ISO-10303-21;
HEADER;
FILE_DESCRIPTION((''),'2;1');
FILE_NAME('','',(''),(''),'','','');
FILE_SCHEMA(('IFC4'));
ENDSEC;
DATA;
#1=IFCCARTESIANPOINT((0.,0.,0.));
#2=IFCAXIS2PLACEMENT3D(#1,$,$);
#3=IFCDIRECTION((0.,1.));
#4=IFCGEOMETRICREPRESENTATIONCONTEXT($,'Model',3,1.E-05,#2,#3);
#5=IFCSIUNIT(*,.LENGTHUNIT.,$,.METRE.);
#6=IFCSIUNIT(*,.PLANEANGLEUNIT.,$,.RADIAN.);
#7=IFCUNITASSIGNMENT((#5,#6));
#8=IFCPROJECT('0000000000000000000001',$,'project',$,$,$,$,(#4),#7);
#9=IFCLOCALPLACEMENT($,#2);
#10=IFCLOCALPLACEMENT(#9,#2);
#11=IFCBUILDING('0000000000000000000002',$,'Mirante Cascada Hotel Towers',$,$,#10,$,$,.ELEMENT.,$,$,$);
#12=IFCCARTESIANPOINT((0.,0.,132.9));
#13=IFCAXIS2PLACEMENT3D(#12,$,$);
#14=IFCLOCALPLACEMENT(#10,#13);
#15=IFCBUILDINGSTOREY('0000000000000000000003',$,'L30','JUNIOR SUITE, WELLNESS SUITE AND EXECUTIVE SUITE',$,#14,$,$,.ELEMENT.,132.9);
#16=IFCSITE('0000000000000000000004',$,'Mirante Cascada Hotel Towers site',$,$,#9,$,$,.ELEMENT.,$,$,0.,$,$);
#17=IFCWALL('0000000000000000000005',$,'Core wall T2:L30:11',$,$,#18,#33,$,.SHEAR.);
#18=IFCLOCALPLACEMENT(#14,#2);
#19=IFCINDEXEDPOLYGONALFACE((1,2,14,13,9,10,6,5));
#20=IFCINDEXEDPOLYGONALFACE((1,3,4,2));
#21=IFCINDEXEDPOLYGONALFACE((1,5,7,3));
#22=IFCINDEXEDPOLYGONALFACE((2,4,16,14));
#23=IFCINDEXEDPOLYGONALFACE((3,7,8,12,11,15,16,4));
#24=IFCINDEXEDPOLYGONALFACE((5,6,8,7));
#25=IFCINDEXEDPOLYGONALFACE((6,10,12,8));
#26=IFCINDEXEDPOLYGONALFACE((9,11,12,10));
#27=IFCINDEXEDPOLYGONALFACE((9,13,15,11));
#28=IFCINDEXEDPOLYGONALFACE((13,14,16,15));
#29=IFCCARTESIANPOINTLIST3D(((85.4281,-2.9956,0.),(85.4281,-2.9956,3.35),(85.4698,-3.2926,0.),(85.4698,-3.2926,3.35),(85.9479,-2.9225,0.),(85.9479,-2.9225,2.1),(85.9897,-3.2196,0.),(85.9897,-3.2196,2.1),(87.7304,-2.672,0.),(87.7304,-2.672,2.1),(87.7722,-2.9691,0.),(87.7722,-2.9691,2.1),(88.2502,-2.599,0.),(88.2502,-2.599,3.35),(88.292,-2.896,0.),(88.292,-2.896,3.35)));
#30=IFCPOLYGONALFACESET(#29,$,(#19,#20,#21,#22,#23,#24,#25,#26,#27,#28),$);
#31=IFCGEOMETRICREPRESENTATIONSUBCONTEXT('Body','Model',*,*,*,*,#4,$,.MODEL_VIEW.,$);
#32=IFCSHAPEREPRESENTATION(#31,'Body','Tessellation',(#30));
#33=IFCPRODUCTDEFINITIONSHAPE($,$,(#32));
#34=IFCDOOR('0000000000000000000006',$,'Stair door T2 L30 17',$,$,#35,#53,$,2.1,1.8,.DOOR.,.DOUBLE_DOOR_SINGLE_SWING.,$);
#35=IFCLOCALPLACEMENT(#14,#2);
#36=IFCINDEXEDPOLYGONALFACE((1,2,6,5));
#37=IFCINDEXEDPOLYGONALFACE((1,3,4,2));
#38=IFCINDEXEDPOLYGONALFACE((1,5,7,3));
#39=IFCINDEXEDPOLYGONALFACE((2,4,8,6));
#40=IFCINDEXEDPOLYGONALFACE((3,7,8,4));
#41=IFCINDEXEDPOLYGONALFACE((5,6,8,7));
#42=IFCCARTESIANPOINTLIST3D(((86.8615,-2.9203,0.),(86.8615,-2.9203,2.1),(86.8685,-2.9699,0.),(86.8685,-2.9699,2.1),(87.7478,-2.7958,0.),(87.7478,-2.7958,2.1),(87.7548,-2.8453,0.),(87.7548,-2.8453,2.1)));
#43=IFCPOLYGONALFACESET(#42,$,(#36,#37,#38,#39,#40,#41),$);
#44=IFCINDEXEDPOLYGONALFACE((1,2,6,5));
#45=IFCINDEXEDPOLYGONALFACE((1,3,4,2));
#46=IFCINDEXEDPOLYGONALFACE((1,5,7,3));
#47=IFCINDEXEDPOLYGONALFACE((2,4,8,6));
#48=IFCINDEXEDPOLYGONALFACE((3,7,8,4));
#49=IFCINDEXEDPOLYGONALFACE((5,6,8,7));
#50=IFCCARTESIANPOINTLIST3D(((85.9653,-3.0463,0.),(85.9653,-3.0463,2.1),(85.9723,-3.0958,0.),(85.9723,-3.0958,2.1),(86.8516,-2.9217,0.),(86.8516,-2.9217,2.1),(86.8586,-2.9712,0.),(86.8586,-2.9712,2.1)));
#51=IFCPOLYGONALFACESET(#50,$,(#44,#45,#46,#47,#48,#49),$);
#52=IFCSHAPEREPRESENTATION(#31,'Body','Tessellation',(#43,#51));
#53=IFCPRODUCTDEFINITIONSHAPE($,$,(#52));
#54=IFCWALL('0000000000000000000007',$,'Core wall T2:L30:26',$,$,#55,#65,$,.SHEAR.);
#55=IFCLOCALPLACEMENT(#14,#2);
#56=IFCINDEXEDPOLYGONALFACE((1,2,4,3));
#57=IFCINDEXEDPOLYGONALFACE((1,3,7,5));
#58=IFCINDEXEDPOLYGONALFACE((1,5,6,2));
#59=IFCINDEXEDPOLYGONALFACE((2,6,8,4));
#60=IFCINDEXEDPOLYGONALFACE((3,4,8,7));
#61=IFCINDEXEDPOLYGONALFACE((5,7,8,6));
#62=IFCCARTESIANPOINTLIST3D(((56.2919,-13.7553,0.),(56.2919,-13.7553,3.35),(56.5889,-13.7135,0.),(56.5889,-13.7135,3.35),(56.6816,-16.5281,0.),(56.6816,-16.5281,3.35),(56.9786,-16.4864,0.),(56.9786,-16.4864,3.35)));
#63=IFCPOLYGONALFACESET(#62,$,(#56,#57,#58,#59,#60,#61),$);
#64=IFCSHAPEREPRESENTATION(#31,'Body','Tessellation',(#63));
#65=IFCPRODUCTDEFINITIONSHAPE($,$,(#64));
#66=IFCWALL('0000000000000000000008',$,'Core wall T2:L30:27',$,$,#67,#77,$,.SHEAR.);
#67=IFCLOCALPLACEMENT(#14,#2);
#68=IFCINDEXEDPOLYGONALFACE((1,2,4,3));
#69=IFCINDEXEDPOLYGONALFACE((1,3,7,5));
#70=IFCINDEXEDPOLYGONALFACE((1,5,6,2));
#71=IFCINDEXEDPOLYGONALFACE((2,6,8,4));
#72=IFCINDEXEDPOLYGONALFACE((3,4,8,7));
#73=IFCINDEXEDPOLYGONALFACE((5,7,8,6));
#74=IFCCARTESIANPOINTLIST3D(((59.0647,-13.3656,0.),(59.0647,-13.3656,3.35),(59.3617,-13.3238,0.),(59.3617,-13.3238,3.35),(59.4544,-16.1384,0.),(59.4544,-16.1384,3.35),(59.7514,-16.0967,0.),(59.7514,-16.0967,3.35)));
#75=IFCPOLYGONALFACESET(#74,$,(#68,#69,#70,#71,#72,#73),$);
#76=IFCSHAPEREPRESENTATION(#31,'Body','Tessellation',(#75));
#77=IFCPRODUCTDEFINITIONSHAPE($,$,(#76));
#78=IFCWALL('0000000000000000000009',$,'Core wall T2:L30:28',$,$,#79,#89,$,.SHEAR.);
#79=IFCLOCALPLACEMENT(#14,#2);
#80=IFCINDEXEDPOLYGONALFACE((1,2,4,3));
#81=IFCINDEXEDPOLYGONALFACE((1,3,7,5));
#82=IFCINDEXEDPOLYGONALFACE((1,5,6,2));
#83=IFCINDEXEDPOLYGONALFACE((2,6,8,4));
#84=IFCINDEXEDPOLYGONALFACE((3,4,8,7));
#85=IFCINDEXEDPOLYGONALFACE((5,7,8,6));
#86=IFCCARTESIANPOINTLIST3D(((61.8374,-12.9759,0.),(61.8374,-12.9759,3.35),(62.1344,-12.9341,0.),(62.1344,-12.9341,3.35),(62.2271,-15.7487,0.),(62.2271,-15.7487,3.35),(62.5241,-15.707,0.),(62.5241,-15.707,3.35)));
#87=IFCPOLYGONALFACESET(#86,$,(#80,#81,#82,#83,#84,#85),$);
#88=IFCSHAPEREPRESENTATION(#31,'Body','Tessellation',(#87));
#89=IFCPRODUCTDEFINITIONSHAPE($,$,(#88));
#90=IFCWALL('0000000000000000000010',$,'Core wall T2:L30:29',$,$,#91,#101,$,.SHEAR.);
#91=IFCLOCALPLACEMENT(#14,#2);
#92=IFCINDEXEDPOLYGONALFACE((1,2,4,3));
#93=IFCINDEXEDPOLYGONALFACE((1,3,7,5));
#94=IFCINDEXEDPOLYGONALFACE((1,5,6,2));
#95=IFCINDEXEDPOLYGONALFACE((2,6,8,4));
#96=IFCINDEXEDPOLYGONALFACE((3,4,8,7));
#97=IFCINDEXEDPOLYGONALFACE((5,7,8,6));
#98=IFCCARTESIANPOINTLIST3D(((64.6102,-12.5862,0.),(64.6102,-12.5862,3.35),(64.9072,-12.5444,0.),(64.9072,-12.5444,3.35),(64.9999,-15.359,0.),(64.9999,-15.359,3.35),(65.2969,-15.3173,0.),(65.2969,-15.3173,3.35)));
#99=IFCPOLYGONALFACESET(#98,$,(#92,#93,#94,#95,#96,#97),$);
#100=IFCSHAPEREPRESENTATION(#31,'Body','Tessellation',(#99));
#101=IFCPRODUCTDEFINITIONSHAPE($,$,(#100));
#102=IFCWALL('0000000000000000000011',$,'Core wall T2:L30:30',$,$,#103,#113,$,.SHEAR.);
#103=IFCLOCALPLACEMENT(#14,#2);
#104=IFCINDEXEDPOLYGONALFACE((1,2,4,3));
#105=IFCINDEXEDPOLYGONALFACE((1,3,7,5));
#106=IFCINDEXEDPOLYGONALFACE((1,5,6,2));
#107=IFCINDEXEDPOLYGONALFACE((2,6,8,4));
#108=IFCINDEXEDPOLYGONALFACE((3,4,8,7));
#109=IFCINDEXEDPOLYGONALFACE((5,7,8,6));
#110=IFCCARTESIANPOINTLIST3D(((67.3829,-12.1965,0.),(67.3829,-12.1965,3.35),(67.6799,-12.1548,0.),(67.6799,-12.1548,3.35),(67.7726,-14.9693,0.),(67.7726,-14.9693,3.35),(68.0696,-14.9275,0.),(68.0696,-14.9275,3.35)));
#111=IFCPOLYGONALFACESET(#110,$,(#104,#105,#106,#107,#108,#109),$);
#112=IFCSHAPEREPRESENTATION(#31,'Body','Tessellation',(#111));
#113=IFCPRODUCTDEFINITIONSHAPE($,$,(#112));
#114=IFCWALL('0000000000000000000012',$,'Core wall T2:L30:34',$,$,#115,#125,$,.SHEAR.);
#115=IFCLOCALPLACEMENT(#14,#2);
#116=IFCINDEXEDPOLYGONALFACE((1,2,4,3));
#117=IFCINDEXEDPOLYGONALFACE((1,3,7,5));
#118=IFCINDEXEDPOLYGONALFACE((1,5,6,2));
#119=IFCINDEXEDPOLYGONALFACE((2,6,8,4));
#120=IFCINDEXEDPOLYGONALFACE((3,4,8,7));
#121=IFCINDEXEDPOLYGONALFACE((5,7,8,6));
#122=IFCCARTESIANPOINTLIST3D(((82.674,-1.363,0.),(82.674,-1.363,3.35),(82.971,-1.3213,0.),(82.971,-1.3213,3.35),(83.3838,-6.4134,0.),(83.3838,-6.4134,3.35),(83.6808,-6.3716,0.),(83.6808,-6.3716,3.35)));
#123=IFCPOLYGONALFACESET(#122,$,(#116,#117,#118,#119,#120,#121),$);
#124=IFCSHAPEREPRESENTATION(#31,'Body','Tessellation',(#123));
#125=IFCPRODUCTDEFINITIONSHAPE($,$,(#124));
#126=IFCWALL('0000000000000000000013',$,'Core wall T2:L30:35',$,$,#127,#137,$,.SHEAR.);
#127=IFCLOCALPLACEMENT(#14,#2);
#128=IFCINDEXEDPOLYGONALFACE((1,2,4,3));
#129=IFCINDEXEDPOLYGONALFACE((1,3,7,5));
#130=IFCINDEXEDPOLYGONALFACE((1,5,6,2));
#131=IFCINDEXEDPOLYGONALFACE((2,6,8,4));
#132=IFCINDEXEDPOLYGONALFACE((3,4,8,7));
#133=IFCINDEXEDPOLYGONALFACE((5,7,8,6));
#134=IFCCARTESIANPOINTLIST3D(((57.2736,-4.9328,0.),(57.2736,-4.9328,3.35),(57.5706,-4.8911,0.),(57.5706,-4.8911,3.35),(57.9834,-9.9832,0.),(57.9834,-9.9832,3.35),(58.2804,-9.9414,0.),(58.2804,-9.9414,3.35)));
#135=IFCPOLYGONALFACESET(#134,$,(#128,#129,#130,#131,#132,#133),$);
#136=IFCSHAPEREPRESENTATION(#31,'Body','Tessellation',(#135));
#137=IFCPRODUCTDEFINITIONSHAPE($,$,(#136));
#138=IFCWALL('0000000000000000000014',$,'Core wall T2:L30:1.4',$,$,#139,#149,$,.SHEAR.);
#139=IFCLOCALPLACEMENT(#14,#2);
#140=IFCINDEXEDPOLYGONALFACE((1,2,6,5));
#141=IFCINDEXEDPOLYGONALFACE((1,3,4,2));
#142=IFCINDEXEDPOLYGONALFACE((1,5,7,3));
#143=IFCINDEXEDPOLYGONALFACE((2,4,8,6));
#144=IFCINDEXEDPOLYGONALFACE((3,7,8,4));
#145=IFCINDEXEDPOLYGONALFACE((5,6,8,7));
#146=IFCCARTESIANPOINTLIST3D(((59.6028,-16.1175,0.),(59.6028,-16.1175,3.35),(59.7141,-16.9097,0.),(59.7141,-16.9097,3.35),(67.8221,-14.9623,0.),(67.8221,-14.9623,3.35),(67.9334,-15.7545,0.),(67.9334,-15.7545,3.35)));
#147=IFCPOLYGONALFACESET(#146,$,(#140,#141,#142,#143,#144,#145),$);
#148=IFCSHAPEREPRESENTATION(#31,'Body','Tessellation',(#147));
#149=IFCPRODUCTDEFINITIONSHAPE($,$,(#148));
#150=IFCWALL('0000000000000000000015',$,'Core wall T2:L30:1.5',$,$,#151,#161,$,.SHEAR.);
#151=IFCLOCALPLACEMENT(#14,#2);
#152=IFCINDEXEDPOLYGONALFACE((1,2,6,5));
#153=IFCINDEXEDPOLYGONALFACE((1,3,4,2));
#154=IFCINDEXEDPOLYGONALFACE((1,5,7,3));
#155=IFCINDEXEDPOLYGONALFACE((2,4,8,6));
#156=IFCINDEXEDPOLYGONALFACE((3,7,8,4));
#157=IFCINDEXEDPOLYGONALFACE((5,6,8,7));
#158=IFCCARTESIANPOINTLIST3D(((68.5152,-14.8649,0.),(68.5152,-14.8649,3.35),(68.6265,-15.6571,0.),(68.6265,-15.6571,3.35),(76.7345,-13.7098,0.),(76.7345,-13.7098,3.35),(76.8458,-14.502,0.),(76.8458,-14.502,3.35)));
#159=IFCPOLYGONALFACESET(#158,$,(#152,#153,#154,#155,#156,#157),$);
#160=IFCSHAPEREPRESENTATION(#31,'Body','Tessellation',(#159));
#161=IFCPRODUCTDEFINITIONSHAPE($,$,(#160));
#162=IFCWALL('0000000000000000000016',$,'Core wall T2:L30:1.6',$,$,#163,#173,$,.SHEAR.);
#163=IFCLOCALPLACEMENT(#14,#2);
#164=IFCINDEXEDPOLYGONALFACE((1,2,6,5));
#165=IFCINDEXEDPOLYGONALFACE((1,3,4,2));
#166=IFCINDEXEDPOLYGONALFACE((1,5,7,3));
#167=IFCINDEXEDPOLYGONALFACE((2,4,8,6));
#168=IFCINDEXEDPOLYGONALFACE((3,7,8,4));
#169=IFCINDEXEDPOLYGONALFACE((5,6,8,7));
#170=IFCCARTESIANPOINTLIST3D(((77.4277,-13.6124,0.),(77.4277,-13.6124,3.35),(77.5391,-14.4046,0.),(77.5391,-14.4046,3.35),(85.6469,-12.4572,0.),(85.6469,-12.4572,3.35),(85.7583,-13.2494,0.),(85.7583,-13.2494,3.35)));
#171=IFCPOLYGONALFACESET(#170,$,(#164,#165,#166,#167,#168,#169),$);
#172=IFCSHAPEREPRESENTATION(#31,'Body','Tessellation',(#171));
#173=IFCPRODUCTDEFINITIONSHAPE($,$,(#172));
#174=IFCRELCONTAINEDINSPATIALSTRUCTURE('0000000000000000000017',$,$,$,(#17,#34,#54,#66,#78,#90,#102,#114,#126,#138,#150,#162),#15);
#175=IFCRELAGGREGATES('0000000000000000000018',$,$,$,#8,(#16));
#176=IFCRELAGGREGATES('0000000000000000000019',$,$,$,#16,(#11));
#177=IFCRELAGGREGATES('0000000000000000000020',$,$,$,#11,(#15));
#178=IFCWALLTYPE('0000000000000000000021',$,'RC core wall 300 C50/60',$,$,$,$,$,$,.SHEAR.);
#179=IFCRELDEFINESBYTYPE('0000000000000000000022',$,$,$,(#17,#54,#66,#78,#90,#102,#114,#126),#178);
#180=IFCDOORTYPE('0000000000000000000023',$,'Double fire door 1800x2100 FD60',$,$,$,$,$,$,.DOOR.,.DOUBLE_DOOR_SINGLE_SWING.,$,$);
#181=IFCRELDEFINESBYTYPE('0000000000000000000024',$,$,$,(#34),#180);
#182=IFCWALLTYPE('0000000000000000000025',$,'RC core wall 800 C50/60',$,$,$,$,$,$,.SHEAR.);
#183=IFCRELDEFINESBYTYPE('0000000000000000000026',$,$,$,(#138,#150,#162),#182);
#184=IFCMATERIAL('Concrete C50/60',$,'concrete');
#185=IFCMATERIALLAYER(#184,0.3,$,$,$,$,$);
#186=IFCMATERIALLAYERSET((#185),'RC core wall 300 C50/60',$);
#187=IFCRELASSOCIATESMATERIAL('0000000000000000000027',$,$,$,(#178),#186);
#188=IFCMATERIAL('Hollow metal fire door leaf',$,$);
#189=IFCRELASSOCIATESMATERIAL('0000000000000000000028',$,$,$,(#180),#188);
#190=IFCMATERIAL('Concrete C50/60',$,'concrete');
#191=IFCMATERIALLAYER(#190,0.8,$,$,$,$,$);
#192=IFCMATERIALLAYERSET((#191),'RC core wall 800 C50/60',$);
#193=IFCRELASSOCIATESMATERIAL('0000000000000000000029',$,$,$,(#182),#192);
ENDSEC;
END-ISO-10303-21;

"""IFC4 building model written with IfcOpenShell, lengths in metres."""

from ifc_helpers import new_model, si_unit, direction, frame, frame_2d, origin, place, context, subcontext, project, spatial, rectangle, extrude, material, layer, layer_set, type_object, element, fill, save


model = new_model("IFC4")

# Units and contexts
model_context = context("Model", 3, precision=1e-05, world=origin(), true_north=direction((0.0, 1.0)))
body_context = subcontext(model_context, "Body", "Model", "MODEL_VIEW")
ifc_project = project(units=[si_unit("LENGTHUNIT", "METRE"), si_unit("PLANEANGLEUNIT", "RADIAN")], contexts=[model_context])

# Site, building, storey
site_placement = place(None, origin())
site = spatial("IfcSite", under=ifc_project, at=site_placement, Name="Mirante Cascada Hotel Towers site", CompositionType="ELEMENT", RefElevation=0.0)
building_placement = place(site_placement, origin())
building = spatial("IfcBuilding", under=site, at=building_placement, Name="Mirante Cascada Hotel Towers", CompositionType="ELEMENT")
storey_placement = place(building_placement, frame((0.0, 0.0, 132.9)))
storey = spatial("IfcBuildingStorey", under=building, at=storey_placement, Name="L30", Description="JUNIOR SUITE, WELLNESS SUITE AND EXECUTIVE SUITE", CompositionType="ELEMENT", Elevation=132.9)

# Wall, opening, door
ifc_material_1 = material(Name="Concrete C50/60", Category="concrete")
ifc_layer_1 = layer(ifc_material_1, 0.3)
ifc_layer_set_1 = layer_set([ifc_layer_1], Name="RC core wall 300 C50/60")
wall_type_1 = type_object("IfcWallType", Name="RC core wall 300 C50/60", PredefinedType="SHEAR", material=ifc_layer_set_1)
wall_1_placement = place(storey_placement, frame((85.4489, -3.1441, 0.0), z_axis=(0.0, 0.0, 1.0), x_axis=(0.99027, 0.139161, 0.0)))
wall_1 = element("IfcWall", 1, at=wall_1_placement, inside=storey, type_object=wall_type_1, Name="Core wall T2:L30:11", PredefinedType="SHEAR", context=body_context, shape_type="SweptSolid", body=[
    extrude(rectangle(XDim=2.8499, YDim=0.3, at=frame_2d((1.425, 0.0))), origin(), (0.0, 0.0, 1.0), 3.35),
])
opening_placement = place(wall_1_placement, frame((0.525, 0.0, 0.0)))
opening = element("IfcOpeningElement", 2, at=opening_placement, cuts=wall_1, PredefinedType="OPENING", context=body_context, shape_type="SweptSolid", body=[
    extrude(rectangle(XDim=1.8, YDim=2.1, at=frame_2d((0.9, 1.05))), frame((0.0, 0.15, 0.0), z_axis=(0.0, -1.0, 0.0), x_axis=(1.0, 0.0, 0.0)), (0.0, 0.0, 1.0), 0.3),
])
ifc_material_2 = material(Name="Hollow metal fire door leaf")
door_type = type_object("IfcDoorType", Name="Double fire door 1800x2100 FD60", OperationType="DOUBLE_DOOR_SINGLE_SWING", PredefinedType="DOOR", material=ifc_material_2)
door_placement = place(opening_placement, frame((1.8, 0.0, 0.0), z_axis=(0.0, 0.0, 1.0), x_axis=(-1.0, 0.0, 0.0)))
door = element("IfcDoor", 3, at=door_placement, inside=storey, type_object=door_type, Name="Stair door T2 L30 17", OperationType="DOUBLE_DOOR_SINGLE_SWING", OverallHeight=2.1, OverallWidth=1.8, PredefinedType="DOOR", context=body_context, shape_type="SweptSolid", body=[
    extrude(rectangle(XDim=0.895, YDim=2.1, at=frame_2d((0.4475, 1.05))), frame((0.0, 0.025, 0.0), z_axis=(0.0, -1.0, 0.0), x_axis=(1.0, 0.0, 0.0)), (0.0, 0.0, 1.0), 0.05),
    extrude(rectangle(XDim=0.895, YDim=2.1, at=frame_2d((1.3525, 1.05))), frame((0.0, 0.025, 0.0), z_axis=(0.0, -1.0, 0.0), x_axis=(1.0, 0.0, 0.0)), (0.0, 0.0, 1.0), 0.05),
])
fill(opening, door)

# Walls
for number, where, z_axis, x_axis, name in (
    (4, (56.8301, -16.5072, 0.0), (0.0, 0.0, 1.0), (-0.139176, 0.990268, 0.0), "Core wall T2:L30:26"),
    (5, (59.6029, -16.1175, 0.0), (0.0, 0.0, 1.0), (-0.139176, 0.990268, 0.0), "Core wall T2:L30:27"),
    (6, (62.3756, -15.7278, 0.0), (0.0, 0.0, 1.0), (-0.139176, 0.990268, 0.0), "Core wall T2:L30:28"),
    (7, (65.1484, -15.3381, 0.0), (0.0, 0.0, 1.0), (-0.139176, 0.990268, 0.0), "Core wall T2:L30:29"),
):
    element("IfcWall", number, at=place(storey_placement, frame(where, z_axis=z_axis, x_axis=x_axis)), inside=storey, type_object=wall_type_1, Name=name, PredefinedType="SHEAR", context=body_context, shape_type="SweptSolid", body=[
        extrude(rectangle(XDim=2.8001, YDim=0.3, at=frame_2d((1.4, 0.0))), origin(), (0.0, 0.0, 1.0), 3.35),
    ])
wall_2_placement = place(storey_placement, frame((67.9211, -14.9484, 0.0), z_axis=(0.0, 0.0, 1.0), x_axis=(-0.139181, 0.990267, 0.0)))
element("IfcWall", 8, at=wall_2_placement, inside=storey, type_object=wall_type_1, Name="Core wall T2:L30:30", PredefinedType="SHEAR", context=body_context, shape_type="SweptSolid", body=[
    extrude(rectangle(XDim=2.8, YDim=0.3, at=frame_2d((1.4, 0.0))), origin(), (0.0, 0.0, 1.0), 3.35),
])
for number, where, z_axis, x_axis, name in (
    (9, (83.5323, -6.3925, 0.0), (0.0, 0.0, 1.0), (-0.139176, 0.990268, 0.0), "Core wall T2:L30:34"),
    (10, (58.1319, -9.9623, 0.0), (0.0, 0.0, 1.0), (-0.139176, 0.990268, 0.0), "Core wall T2:L30:35"),
):
    element("IfcWall", number, at=place(storey_placement, frame(where, z_axis=z_axis, x_axis=x_axis)), inside=storey, type_object=wall_type_1, Name=name, PredefinedType="SHEAR", context=body_context, shape_type="SweptSolid", body=[
        extrude(rectangle(XDim=5.1, YDim=0.3, at=frame_2d((2.55, 0.0))), origin(), (0.0, 0.0, 1.0), 3.35),
    ])
ifc_material_3 = material(Name="Concrete C50/60", Category="concrete")
ifc_layer_2 = layer(ifc_material_3, 0.8)
ifc_layer_set_2 = layer_set([ifc_layer_2], Name="RC core wall 800 C50/60")
wall_type_2 = type_object("IfcWallType", Name="RC core wall 800 C50/60", PredefinedType="SHEAR", material=ifc_layer_set_2)
for number, where, z_axis, x_axis, name in (
    (11, (59.6585, -16.5136, 0.0), (0.0, 0.0, 1.0), (0.990267, 0.139179, 0.0), "Core wall T2:L30:1.4"),
    (12, (68.5709, -15.261, 0.0), (0.0, 0.0, 1.0), (0.990269, 0.139167, 0.0), "Core wall T2:L30:1.5"),
):
    element("IfcWall", number, at=place(storey_placement, frame(where, z_axis=z_axis, x_axis=x_axis)), inside=storey, type_object=wall_type_2, Name=name, PredefinedType="SHEAR", context=body_context, shape_type="SweptSolid", body=[
        extrude(rectangle(XDim=8.3001, YDim=0.8, at=frame_2d((4.15, 0.0))), origin(), (0.0, 0.0, 1.0), 3.35),
    ])
wall_3_placement = place(storey_placement, frame((77.4834, -14.0085, 0.0), z_axis=(0.0, 0.0, 1.0), x_axis=(0.990267, 0.139181, 0.0)))
element("IfcWall", 13, at=wall_3_placement, inside=storey, type_object=wall_type_2, Name="Core wall T2:L30:1.6", PredefinedType="SHEAR", context=body_context, shape_type="SweptSolid", body=[
    extrude(rectangle(XDim=8.3, YDim=0.8, at=frame_2d((4.15, 0.0))), origin(), (0.0, 0.0, 1.0), 3.35),
])

save(model, "model.ifc")
